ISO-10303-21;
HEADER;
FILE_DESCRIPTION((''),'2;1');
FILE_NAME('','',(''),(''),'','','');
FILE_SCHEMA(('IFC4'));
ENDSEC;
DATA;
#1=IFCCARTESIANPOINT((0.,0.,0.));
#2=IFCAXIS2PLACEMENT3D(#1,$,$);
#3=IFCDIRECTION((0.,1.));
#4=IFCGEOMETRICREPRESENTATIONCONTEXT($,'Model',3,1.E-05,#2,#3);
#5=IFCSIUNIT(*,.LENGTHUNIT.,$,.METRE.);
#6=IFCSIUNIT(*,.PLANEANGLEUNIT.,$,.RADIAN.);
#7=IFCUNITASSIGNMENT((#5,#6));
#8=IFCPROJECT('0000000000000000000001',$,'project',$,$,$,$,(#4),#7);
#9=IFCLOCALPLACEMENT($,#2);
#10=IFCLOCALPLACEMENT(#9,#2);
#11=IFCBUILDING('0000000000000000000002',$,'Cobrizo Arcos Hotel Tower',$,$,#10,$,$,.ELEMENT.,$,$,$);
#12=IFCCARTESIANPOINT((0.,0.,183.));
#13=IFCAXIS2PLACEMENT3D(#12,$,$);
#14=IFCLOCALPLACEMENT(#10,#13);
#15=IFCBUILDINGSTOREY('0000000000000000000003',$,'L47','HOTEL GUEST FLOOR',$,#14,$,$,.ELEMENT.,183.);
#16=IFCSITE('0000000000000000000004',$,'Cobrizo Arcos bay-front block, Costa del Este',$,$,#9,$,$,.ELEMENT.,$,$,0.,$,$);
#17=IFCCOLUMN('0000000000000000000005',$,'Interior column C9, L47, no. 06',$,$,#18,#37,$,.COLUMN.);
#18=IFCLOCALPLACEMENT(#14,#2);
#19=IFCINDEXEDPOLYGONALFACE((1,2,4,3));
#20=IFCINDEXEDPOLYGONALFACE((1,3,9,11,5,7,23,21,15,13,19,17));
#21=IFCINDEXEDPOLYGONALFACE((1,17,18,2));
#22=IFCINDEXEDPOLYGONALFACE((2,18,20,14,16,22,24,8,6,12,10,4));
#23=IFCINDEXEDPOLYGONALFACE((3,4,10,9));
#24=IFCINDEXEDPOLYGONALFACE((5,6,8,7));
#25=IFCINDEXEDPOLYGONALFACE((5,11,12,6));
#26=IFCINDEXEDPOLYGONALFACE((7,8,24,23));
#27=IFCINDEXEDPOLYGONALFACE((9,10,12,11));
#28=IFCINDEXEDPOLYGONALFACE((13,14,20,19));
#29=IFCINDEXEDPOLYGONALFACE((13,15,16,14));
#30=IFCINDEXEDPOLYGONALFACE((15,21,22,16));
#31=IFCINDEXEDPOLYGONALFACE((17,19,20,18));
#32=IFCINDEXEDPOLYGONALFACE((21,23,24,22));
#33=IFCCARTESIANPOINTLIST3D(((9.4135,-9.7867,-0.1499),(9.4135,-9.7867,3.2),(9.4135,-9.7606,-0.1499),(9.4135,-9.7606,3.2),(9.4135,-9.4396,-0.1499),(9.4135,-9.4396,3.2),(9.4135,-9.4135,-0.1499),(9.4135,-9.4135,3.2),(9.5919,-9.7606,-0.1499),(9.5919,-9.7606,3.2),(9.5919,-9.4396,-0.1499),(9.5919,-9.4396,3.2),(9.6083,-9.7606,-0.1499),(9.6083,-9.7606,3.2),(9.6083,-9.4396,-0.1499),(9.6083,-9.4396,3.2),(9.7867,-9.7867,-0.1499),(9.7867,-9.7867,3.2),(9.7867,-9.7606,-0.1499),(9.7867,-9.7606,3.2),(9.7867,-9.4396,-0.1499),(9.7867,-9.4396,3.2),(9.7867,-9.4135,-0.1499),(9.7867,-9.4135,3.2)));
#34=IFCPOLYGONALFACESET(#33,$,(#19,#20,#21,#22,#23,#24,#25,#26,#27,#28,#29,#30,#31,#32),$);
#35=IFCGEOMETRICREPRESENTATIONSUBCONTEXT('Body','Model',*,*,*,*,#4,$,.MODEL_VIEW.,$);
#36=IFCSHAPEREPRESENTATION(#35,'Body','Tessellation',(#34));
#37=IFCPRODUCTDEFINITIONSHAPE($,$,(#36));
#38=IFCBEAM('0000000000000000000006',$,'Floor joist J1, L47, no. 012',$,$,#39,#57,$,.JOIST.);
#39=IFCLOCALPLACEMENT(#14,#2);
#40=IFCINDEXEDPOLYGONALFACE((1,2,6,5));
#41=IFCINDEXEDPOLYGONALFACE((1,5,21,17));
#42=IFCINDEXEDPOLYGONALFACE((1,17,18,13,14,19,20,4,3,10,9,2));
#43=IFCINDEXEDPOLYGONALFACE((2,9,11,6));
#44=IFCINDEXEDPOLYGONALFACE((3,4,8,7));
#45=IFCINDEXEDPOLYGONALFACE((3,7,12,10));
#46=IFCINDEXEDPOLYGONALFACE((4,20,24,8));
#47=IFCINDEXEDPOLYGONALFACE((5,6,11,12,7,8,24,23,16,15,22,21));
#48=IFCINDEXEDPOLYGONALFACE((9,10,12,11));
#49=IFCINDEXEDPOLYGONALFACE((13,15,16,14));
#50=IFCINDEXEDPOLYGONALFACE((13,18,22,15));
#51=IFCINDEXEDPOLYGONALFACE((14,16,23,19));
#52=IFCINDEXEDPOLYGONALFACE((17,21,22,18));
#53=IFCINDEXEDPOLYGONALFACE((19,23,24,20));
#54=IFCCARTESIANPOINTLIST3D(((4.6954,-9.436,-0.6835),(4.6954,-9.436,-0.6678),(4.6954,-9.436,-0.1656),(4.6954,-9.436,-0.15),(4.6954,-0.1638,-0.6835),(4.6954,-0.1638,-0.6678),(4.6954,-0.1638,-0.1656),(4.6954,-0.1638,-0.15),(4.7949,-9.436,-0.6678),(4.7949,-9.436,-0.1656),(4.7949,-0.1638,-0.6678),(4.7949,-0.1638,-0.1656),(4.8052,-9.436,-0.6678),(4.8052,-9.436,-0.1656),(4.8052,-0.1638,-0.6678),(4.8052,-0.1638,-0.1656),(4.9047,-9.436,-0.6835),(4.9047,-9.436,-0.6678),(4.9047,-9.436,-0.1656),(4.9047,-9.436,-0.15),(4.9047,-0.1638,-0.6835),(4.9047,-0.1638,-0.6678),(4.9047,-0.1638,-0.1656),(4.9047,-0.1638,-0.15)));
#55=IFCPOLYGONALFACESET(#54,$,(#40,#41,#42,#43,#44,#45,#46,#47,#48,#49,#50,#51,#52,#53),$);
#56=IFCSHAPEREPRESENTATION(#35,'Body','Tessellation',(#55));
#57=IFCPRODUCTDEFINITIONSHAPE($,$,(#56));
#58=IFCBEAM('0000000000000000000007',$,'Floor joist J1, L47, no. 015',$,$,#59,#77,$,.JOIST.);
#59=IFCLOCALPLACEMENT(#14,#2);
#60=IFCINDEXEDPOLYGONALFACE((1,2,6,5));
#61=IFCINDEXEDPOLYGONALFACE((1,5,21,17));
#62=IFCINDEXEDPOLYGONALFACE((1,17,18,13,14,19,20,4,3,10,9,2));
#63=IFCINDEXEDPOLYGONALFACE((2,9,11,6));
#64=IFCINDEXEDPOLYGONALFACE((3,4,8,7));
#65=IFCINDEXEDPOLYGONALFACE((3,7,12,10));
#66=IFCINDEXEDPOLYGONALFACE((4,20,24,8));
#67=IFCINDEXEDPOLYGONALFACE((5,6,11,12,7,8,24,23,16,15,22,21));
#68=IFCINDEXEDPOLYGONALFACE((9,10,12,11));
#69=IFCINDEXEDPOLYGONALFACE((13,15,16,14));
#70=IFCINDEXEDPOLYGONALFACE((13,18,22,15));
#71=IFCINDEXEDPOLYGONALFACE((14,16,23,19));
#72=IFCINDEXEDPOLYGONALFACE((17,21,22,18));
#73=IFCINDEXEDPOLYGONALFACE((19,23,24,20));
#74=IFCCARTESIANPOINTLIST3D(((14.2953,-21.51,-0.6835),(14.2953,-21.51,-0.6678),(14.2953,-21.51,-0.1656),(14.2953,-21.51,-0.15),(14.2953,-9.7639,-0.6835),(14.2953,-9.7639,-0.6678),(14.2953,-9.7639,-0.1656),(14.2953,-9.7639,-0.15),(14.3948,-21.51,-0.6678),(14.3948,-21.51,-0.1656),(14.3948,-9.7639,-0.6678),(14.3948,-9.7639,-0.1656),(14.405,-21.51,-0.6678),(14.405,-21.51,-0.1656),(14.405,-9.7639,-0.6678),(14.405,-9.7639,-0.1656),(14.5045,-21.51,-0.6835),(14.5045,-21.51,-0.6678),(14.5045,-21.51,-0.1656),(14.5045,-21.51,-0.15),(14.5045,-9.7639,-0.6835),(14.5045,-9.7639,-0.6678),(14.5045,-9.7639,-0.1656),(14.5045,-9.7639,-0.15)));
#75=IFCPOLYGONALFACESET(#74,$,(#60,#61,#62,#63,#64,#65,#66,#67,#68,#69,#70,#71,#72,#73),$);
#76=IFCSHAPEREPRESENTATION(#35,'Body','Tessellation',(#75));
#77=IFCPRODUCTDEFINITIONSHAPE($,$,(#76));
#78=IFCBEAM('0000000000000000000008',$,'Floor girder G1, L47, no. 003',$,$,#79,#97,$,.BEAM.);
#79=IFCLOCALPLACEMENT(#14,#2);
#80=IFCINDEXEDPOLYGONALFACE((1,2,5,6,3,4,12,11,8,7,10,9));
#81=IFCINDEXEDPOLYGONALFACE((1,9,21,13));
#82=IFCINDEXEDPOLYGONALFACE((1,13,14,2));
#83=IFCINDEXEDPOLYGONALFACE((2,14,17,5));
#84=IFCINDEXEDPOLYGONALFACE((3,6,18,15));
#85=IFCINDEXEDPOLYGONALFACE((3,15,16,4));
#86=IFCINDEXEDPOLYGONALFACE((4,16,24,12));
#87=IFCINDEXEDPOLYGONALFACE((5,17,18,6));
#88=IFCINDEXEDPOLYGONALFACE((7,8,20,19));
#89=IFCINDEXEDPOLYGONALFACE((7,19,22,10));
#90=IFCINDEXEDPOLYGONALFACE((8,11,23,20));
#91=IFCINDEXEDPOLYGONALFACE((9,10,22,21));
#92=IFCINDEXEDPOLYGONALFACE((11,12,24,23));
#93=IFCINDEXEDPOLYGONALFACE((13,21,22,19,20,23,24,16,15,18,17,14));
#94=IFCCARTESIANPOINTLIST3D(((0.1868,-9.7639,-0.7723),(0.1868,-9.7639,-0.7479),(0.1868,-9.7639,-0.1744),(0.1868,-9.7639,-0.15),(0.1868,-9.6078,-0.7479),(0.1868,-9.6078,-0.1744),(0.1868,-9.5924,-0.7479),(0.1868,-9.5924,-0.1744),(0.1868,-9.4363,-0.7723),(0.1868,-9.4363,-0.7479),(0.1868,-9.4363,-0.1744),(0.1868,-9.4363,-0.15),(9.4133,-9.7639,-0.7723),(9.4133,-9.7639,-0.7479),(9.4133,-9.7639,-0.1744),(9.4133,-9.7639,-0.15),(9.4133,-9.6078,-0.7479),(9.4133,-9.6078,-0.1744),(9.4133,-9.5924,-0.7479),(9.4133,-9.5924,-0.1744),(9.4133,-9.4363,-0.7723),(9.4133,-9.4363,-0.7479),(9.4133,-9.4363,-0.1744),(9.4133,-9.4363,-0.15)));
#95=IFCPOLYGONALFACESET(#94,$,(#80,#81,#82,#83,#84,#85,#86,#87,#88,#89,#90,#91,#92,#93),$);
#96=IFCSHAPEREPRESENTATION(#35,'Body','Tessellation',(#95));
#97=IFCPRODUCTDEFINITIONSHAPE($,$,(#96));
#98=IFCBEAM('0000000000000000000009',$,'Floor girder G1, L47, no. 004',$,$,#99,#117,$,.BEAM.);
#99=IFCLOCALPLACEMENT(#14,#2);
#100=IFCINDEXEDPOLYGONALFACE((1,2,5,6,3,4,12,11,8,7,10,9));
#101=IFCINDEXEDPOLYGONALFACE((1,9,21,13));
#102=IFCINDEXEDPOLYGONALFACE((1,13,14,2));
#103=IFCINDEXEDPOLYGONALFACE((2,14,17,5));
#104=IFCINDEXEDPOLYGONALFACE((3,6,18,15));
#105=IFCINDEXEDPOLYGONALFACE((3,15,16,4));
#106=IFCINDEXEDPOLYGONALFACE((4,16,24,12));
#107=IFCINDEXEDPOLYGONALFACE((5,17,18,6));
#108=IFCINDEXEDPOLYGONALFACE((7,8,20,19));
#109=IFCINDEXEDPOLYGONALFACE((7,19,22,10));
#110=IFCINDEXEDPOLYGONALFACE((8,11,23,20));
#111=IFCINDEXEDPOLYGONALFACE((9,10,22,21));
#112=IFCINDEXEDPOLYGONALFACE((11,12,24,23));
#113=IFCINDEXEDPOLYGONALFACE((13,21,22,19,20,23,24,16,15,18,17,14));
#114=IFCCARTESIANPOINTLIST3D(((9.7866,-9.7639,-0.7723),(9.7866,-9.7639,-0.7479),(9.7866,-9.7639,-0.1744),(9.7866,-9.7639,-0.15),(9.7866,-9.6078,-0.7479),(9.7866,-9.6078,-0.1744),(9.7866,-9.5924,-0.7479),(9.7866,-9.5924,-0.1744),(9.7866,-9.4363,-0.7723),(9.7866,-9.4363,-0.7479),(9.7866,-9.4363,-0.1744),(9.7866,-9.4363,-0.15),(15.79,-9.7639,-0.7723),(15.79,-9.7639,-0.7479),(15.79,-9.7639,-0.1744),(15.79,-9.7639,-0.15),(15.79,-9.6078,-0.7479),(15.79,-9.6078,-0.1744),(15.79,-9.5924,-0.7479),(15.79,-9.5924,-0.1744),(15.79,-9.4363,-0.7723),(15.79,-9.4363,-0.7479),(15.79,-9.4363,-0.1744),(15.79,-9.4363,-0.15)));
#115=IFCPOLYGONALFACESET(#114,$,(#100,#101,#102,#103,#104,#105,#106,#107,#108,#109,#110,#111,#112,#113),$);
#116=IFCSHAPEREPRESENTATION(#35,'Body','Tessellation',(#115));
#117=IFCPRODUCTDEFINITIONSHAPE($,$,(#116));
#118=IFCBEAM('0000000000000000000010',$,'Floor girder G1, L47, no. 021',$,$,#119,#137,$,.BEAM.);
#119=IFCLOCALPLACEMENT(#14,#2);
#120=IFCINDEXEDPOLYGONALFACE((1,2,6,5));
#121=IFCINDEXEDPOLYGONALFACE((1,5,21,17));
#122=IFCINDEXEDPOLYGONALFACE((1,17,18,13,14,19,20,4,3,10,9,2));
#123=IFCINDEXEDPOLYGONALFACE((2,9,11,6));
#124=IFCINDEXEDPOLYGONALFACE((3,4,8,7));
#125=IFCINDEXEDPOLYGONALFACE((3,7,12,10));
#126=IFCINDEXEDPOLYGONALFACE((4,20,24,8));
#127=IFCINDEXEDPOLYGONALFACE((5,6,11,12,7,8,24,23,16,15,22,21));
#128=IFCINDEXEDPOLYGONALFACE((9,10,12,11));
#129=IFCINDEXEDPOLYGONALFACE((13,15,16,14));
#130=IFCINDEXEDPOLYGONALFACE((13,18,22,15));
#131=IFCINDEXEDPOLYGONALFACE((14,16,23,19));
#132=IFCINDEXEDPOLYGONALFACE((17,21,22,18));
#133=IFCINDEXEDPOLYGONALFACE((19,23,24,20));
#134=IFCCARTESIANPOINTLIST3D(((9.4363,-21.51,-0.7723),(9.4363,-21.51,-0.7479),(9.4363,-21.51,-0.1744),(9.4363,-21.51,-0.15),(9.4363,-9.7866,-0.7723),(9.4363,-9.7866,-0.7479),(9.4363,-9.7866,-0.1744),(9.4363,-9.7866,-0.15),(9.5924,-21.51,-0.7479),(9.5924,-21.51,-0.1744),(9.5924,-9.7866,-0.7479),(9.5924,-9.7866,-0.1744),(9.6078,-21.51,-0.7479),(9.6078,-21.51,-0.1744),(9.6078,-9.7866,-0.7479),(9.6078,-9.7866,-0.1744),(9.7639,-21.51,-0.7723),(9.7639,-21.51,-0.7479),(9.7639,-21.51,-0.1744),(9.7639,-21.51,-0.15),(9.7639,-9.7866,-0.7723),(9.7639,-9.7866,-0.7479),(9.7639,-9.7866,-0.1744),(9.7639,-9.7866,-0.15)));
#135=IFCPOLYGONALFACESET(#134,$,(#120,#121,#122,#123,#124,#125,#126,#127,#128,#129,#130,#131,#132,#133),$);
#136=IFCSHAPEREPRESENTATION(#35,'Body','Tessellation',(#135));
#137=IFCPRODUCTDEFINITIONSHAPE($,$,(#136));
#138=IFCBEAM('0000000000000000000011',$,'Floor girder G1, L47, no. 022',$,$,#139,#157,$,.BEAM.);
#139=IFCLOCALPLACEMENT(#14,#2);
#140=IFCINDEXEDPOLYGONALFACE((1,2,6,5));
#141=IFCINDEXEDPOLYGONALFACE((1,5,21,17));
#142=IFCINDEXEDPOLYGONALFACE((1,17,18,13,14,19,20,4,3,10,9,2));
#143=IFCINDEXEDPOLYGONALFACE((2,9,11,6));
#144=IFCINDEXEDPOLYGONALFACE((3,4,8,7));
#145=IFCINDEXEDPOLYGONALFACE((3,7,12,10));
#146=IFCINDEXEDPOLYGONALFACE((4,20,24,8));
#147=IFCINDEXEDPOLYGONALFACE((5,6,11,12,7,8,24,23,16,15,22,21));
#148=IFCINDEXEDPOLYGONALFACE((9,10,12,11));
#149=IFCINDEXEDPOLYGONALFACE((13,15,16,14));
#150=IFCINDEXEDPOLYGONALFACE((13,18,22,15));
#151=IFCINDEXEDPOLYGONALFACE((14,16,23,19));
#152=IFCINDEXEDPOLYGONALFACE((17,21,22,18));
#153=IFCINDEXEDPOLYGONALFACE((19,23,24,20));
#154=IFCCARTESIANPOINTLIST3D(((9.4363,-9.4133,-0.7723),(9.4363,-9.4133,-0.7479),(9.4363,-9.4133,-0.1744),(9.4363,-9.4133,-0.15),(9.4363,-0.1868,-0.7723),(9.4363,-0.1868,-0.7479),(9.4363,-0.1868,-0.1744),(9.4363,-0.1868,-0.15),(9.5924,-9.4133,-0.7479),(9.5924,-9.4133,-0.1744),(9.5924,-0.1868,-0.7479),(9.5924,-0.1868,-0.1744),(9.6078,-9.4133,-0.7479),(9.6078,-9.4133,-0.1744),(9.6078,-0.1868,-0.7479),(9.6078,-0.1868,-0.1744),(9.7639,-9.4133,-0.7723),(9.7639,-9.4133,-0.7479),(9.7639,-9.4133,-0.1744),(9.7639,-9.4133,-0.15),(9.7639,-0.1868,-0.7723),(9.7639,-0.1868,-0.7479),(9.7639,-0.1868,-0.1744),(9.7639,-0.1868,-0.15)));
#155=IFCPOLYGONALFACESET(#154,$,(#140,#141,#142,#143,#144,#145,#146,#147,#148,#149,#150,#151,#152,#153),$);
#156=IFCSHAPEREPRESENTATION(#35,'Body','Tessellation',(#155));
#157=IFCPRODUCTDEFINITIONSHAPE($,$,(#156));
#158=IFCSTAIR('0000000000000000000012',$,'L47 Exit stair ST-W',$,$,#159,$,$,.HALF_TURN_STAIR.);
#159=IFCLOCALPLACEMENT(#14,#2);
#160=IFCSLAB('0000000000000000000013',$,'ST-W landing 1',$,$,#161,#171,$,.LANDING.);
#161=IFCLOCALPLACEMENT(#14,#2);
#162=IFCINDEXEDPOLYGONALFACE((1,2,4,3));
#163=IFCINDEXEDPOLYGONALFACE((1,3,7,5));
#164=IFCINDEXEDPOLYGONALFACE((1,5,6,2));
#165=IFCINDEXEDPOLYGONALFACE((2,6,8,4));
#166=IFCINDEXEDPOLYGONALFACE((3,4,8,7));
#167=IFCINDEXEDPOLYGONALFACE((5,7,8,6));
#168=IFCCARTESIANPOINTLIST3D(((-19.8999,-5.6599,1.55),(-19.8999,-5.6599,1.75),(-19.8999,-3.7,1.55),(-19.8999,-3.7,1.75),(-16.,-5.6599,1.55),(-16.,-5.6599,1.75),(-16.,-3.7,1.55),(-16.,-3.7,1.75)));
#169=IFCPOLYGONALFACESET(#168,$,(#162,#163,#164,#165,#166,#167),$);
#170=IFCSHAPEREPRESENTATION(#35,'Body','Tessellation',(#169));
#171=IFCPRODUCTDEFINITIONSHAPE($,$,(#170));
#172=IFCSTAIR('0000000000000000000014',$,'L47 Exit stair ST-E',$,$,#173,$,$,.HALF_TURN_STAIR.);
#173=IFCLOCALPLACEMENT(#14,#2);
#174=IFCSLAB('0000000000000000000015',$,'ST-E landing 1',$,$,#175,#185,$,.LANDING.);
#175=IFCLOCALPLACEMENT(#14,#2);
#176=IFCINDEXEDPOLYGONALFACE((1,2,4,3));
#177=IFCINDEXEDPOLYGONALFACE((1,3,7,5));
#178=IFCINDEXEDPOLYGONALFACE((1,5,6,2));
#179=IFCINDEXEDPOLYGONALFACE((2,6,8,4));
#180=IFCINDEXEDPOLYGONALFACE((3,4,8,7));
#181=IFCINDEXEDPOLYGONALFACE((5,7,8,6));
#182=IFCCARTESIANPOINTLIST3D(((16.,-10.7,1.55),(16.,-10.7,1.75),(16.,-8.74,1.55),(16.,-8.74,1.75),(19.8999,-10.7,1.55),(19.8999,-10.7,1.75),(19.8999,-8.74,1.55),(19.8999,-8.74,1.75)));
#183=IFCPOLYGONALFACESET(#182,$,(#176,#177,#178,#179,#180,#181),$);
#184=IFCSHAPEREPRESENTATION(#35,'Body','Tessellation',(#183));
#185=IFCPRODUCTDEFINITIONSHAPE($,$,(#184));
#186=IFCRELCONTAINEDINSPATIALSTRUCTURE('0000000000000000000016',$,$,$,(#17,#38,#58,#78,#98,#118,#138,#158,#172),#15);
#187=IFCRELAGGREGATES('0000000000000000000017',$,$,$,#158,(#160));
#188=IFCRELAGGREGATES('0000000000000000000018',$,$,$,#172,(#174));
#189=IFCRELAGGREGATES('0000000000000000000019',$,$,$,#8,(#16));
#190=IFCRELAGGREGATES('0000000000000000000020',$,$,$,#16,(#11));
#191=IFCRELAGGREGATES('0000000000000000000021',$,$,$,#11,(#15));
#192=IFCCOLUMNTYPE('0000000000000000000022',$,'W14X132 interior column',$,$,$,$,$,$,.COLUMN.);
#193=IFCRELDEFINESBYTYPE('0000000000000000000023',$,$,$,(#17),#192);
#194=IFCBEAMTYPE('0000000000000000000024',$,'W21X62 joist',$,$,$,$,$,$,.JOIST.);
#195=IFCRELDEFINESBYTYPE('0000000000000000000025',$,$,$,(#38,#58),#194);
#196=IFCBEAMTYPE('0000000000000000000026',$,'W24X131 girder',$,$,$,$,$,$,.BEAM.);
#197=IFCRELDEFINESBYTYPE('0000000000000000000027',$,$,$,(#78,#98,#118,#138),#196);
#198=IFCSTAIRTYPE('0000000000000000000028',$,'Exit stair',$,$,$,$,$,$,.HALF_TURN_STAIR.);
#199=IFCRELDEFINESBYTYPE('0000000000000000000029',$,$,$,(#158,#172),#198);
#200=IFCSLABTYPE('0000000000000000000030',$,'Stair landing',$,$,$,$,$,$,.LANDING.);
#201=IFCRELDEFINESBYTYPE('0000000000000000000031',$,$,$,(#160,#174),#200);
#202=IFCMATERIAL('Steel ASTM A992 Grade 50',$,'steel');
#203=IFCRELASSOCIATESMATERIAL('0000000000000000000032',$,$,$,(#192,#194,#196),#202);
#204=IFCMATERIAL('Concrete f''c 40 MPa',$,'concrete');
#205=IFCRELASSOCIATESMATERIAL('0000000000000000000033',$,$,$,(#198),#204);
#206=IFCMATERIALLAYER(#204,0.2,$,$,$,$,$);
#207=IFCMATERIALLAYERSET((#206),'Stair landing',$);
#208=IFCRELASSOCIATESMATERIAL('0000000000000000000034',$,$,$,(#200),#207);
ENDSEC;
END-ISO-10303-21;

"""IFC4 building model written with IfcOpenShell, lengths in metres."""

from ifc_helpers import new_model, si_unit, direction, frame, origin, origin_2d, place, context, subcontext, project, spatial, polyline, i_section, outline, extrude, material, layer, layer_set, material_profile, profile_set, type_object, element, aggregate, save


model = new_model("IFC4")

# Units and contexts
model_context = context("Model", 3, precision=1e-05, world=origin(), true_north=direction((0.0, 1.0)))
body_context = subcontext(model_context, "Body", "Model", "MODEL_VIEW")
ifc_project = project(units=[si_unit("LENGTHUNIT", "METRE"), si_unit("PLANEANGLEUNIT", "RADIAN")], contexts=[model_context])

# Site, building, storey
site_placement = place(None, origin())
site = spatial("IfcSite", under=ifc_project, at=site_placement, Name="Cobrizo Arcos bay-front block, Costa del Este", CompositionType="ELEMENT", RefElevation=0.0)
building_placement = place(site_placement, origin())
building = spatial("IfcBuilding", under=site, at=building_placement, Name="Cobrizo Arcos Hotel Tower", CompositionType="ELEMENT")
storey_placement = place(building_placement, frame((0.0, 0.0, 183.0)))
storey = spatial("IfcBuildingStorey", under=building, at=storey_placement, Name="L47", Description="HOTEL GUEST FLOOR", CompositionType="ELEMENT", Elevation=183.0)

# Column
ifc_material_1 = material(Name="Steel ASTM A992 Grade 50", Category="steel")
ifc_material_profile_1 = material_profile(ifc_material_1, i_section(OverallWidth=0.3733, OverallDepth=0.3733, WebThickness=0.0164, FlangeThickness=0.0261, at=origin_2d()), Name="W14X132")
ifc_profile_set_1 = profile_set([ifc_material_profile_1], Name="Steel ASTM A992 Grade 50")
column_type = type_object("IfcColumnType", Name="W14X132 interior column", PredefinedType="COLUMN", material=ifc_profile_set_1)
column_placement = place(storey_placement, frame((9.6001, -9.6001, -0.1499), z_axis=(0.0, 0.0, 1.0), x_axis=(1.0, 0.0, 0.0)))
element("IfcColumn", 1, at=column_placement, inside=storey, type_object=column_type, Name="Interior column C9, L47, no. 06", PredefinedType="COLUMN", context=body_context, shape_type="SweptSolid", body=[
    extrude(i_section(OverallWidth=0.3733, OverallDepth=0.3733, WebThickness=0.0164, FlangeThickness=0.0261, at=origin_2d()), origin(), (0.0, 0.0, 1.0), 3.3499),
])

# Beams
ifc_material_profile_2 = material_profile(ifc_material_1, i_section(OverallWidth=0.2092, OverallDepth=0.5334, WebThickness=0.0103, FlangeThickness=0.0156, at=origin_2d()), Name="W21X62")
ifc_profile_set_2 = profile_set([ifc_material_profile_2], Name="Steel ASTM A992 Grade 50")
beam_type_1 = type_object("IfcBeamType", Name="W21X62 joist", PredefinedType="JOIST", material=ifc_profile_set_2)
beam_1_placement = place(storey_placement, frame((4.8, -9.436, -0.4167), z_axis=(0.0, 1.0, 0.0), x_axis=(-1.0, 0.0, 0.0)))
element("IfcBeam", 2, at=beam_1_placement, inside=storey, type_object=beam_type_1, Name="Floor joist J1, L47, no. 012", PredefinedType="JOIST", context=body_context, shape_type="SweptSolid", body=[
    extrude(i_section(OverallWidth=0.2092, OverallDepth=0.5334, WebThickness=0.0103, FlangeThickness=0.0156, at=origin_2d()), origin(), (0.0, 0.0, 1.0), 9.2722),
])
beam_2_placement = place(storey_placement, frame((14.3999, -21.51, -0.4167), z_axis=(0.0, 1.0, 0.0), x_axis=(-1.0, 0.0, 0.0)))
element("IfcBeam", 3, at=beam_2_placement, inside=storey, type_object=beam_type_1, Name="Floor joist J1, L47, no. 015", PredefinedType="JOIST", context=body_context, shape_type="SweptSolid", body=[
    extrude(i_section(OverallWidth=0.2092, OverallDepth=0.5334, WebThickness=0.0103, FlangeThickness=0.0156, at=origin_2d()), origin(), (0.0, 0.0, 1.0), 11.7461),
])
ifc_material_profile_3 = material_profile(ifc_material_1, i_section(OverallWidth=0.3276, OverallDepth=0.6223, WebThickness=0.0154, FlangeThickness=0.0244, at=origin_2d()), Name="W24X131")
ifc_profile_set_3 = profile_set([ifc_material_profile_3], Name="Steel ASTM A992 Grade 50")
beam_type_2 = type_object("IfcBeamType", Name="W24X131 girder", PredefinedType="BEAM", material=ifc_profile_set_3)
beam_3_placement = place(storey_placement, frame((0.1868, -9.6001, -0.4612), z_axis=(1.0, 0.0, 0.0), x_axis=(0.0, 1.0, 0.0)))
element("IfcBeam", 4, at=beam_3_placement, inside=storey, type_object=beam_type_2, Name="Floor girder G1, L47, no. 003", PredefinedType="BEAM", context=body_context, shape_type="SweptSolid", body=[
    extrude(i_section(OverallWidth=0.3276, OverallDepth=0.6223, WebThickness=0.0154, FlangeThickness=0.0244, at=origin_2d()), origin(), (0.0, 0.0, 1.0), 9.2266),
])
beam_4_placement = place(storey_placement, frame((9.7866, -9.6001, -0.4612), z_axis=(1.0, 0.0, 0.0), x_axis=(0.0, 1.0, 0.0)))
element("IfcBeam", 5, at=beam_4_placement, inside=storey, type_object=beam_type_2, Name="Floor girder G1, L47, no. 004", PredefinedType="BEAM", context=body_context, shape_type="SweptSolid", body=[
    extrude(i_section(OverallWidth=0.3276, OverallDepth=0.6223, WebThickness=0.0154, FlangeThickness=0.0244, at=origin_2d()), origin(), (0.0, 0.0, 1.0), 6.0034),
])
beam_5_placement = place(storey_placement, frame((9.6001, -21.51, -0.4612), z_axis=(0.0, 1.0, 0.0), x_axis=(-1.0, 0.0, 0.0)))
element("IfcBeam", 6, at=beam_5_placement, inside=storey, type_object=beam_type_2, Name="Floor girder G1, L47, no. 021", PredefinedType="BEAM", context=body_context, shape_type="SweptSolid", body=[
    extrude(i_section(OverallWidth=0.3276, OverallDepth=0.6223, WebThickness=0.0154, FlangeThickness=0.0244, at=origin_2d()), origin(), (0.0, 0.0, 1.0), 11.7234),
])
beam_6_placement = place(storey_placement, frame((9.6001, -9.4133, -0.4612), z_axis=(0.0, 1.0, 0.0), x_axis=(-1.0, 0.0, 0.0)))
element("IfcBeam", 7, at=beam_6_placement, inside=storey, type_object=beam_type_2, Name="Floor girder G1, L47, no. 022", PredefinedType="BEAM", context=body_context, shape_type="SweptSolid", body=[
    extrude(i_section(OverallWidth=0.3276, OverallDepth=0.6223, WebThickness=0.0154, FlangeThickness=0.0244, at=origin_2d()), origin(), (0.0, 0.0, 1.0), 9.2266),
])

# Stairs, slabs
ifc_material_2 = material(Name="Concrete f'c 40 MPa", Category="concrete")
stair_type = type_object("IfcStairType", Name="Exit stair", PredefinedType="HALF_TURN_STAIR", material=ifc_material_2)
stair_1_placement = place(storey_placement, origin())
stair_1 = element("IfcStair", 8, at=stair_1_placement, inside=storey, type_object=stair_type, Name="L47 Exit stair ST-W", PredefinedType="HALF_TURN_STAIR")
ifc_layer_1 = layer(ifc_material_2, 0.2)
ifc_layer_set_1 = layer_set([ifc_layer_1], Name="Stair landing")
slab_type = type_object("IfcSlabType", Name="Stair landing", PredefinedType="LANDING", material=ifc_layer_set_1)
slab_1_placement = place(storey_placement, frame((0.0, 0.0, 1.55)))
slab_1 = element("IfcSlab", 9, at=slab_1_placement, type_object=slab_type, Name="ST-W landing 1", PredefinedType="LANDING", context=body_context, shape_type="SweptSolid", body=[
    extrude(outline(polyline([(-16.0, -5.6599), (-16.0, -3.7), (-19.8999, -3.7), (-19.8999, -5.6599), (-16.0, -5.6599)])), origin(), (0.0, 0.0, 1.0), 0.2),
])
aggregate(stair_1, [slab_1])
stair_2_placement = place(storey_placement, origin())
stair_2 = element("IfcStair", 10, at=stair_2_placement, inside=storey, type_object=stair_type, Name="L47 Exit stair ST-E", PredefinedType="HALF_TURN_STAIR")
slab_2_placement = place(storey_placement, frame((0.0, 0.0, 1.55)))
slab_2 = element("IfcSlab", 11, at=slab_2_placement, type_object=slab_type, Name="ST-E landing 1", PredefinedType="LANDING", context=body_context, shape_type="SweptSolid", body=[
    extrude(outline(polyline([(16.0, -8.74), (16.0, -10.7), (19.8999, -10.7), (19.8999, -8.74), (16.0, -8.74)])), origin(), (0.0, 0.0, 1.0), 0.2),
])
aggregate(stair_2, [slab_2])

save(model, "model.ifc")
